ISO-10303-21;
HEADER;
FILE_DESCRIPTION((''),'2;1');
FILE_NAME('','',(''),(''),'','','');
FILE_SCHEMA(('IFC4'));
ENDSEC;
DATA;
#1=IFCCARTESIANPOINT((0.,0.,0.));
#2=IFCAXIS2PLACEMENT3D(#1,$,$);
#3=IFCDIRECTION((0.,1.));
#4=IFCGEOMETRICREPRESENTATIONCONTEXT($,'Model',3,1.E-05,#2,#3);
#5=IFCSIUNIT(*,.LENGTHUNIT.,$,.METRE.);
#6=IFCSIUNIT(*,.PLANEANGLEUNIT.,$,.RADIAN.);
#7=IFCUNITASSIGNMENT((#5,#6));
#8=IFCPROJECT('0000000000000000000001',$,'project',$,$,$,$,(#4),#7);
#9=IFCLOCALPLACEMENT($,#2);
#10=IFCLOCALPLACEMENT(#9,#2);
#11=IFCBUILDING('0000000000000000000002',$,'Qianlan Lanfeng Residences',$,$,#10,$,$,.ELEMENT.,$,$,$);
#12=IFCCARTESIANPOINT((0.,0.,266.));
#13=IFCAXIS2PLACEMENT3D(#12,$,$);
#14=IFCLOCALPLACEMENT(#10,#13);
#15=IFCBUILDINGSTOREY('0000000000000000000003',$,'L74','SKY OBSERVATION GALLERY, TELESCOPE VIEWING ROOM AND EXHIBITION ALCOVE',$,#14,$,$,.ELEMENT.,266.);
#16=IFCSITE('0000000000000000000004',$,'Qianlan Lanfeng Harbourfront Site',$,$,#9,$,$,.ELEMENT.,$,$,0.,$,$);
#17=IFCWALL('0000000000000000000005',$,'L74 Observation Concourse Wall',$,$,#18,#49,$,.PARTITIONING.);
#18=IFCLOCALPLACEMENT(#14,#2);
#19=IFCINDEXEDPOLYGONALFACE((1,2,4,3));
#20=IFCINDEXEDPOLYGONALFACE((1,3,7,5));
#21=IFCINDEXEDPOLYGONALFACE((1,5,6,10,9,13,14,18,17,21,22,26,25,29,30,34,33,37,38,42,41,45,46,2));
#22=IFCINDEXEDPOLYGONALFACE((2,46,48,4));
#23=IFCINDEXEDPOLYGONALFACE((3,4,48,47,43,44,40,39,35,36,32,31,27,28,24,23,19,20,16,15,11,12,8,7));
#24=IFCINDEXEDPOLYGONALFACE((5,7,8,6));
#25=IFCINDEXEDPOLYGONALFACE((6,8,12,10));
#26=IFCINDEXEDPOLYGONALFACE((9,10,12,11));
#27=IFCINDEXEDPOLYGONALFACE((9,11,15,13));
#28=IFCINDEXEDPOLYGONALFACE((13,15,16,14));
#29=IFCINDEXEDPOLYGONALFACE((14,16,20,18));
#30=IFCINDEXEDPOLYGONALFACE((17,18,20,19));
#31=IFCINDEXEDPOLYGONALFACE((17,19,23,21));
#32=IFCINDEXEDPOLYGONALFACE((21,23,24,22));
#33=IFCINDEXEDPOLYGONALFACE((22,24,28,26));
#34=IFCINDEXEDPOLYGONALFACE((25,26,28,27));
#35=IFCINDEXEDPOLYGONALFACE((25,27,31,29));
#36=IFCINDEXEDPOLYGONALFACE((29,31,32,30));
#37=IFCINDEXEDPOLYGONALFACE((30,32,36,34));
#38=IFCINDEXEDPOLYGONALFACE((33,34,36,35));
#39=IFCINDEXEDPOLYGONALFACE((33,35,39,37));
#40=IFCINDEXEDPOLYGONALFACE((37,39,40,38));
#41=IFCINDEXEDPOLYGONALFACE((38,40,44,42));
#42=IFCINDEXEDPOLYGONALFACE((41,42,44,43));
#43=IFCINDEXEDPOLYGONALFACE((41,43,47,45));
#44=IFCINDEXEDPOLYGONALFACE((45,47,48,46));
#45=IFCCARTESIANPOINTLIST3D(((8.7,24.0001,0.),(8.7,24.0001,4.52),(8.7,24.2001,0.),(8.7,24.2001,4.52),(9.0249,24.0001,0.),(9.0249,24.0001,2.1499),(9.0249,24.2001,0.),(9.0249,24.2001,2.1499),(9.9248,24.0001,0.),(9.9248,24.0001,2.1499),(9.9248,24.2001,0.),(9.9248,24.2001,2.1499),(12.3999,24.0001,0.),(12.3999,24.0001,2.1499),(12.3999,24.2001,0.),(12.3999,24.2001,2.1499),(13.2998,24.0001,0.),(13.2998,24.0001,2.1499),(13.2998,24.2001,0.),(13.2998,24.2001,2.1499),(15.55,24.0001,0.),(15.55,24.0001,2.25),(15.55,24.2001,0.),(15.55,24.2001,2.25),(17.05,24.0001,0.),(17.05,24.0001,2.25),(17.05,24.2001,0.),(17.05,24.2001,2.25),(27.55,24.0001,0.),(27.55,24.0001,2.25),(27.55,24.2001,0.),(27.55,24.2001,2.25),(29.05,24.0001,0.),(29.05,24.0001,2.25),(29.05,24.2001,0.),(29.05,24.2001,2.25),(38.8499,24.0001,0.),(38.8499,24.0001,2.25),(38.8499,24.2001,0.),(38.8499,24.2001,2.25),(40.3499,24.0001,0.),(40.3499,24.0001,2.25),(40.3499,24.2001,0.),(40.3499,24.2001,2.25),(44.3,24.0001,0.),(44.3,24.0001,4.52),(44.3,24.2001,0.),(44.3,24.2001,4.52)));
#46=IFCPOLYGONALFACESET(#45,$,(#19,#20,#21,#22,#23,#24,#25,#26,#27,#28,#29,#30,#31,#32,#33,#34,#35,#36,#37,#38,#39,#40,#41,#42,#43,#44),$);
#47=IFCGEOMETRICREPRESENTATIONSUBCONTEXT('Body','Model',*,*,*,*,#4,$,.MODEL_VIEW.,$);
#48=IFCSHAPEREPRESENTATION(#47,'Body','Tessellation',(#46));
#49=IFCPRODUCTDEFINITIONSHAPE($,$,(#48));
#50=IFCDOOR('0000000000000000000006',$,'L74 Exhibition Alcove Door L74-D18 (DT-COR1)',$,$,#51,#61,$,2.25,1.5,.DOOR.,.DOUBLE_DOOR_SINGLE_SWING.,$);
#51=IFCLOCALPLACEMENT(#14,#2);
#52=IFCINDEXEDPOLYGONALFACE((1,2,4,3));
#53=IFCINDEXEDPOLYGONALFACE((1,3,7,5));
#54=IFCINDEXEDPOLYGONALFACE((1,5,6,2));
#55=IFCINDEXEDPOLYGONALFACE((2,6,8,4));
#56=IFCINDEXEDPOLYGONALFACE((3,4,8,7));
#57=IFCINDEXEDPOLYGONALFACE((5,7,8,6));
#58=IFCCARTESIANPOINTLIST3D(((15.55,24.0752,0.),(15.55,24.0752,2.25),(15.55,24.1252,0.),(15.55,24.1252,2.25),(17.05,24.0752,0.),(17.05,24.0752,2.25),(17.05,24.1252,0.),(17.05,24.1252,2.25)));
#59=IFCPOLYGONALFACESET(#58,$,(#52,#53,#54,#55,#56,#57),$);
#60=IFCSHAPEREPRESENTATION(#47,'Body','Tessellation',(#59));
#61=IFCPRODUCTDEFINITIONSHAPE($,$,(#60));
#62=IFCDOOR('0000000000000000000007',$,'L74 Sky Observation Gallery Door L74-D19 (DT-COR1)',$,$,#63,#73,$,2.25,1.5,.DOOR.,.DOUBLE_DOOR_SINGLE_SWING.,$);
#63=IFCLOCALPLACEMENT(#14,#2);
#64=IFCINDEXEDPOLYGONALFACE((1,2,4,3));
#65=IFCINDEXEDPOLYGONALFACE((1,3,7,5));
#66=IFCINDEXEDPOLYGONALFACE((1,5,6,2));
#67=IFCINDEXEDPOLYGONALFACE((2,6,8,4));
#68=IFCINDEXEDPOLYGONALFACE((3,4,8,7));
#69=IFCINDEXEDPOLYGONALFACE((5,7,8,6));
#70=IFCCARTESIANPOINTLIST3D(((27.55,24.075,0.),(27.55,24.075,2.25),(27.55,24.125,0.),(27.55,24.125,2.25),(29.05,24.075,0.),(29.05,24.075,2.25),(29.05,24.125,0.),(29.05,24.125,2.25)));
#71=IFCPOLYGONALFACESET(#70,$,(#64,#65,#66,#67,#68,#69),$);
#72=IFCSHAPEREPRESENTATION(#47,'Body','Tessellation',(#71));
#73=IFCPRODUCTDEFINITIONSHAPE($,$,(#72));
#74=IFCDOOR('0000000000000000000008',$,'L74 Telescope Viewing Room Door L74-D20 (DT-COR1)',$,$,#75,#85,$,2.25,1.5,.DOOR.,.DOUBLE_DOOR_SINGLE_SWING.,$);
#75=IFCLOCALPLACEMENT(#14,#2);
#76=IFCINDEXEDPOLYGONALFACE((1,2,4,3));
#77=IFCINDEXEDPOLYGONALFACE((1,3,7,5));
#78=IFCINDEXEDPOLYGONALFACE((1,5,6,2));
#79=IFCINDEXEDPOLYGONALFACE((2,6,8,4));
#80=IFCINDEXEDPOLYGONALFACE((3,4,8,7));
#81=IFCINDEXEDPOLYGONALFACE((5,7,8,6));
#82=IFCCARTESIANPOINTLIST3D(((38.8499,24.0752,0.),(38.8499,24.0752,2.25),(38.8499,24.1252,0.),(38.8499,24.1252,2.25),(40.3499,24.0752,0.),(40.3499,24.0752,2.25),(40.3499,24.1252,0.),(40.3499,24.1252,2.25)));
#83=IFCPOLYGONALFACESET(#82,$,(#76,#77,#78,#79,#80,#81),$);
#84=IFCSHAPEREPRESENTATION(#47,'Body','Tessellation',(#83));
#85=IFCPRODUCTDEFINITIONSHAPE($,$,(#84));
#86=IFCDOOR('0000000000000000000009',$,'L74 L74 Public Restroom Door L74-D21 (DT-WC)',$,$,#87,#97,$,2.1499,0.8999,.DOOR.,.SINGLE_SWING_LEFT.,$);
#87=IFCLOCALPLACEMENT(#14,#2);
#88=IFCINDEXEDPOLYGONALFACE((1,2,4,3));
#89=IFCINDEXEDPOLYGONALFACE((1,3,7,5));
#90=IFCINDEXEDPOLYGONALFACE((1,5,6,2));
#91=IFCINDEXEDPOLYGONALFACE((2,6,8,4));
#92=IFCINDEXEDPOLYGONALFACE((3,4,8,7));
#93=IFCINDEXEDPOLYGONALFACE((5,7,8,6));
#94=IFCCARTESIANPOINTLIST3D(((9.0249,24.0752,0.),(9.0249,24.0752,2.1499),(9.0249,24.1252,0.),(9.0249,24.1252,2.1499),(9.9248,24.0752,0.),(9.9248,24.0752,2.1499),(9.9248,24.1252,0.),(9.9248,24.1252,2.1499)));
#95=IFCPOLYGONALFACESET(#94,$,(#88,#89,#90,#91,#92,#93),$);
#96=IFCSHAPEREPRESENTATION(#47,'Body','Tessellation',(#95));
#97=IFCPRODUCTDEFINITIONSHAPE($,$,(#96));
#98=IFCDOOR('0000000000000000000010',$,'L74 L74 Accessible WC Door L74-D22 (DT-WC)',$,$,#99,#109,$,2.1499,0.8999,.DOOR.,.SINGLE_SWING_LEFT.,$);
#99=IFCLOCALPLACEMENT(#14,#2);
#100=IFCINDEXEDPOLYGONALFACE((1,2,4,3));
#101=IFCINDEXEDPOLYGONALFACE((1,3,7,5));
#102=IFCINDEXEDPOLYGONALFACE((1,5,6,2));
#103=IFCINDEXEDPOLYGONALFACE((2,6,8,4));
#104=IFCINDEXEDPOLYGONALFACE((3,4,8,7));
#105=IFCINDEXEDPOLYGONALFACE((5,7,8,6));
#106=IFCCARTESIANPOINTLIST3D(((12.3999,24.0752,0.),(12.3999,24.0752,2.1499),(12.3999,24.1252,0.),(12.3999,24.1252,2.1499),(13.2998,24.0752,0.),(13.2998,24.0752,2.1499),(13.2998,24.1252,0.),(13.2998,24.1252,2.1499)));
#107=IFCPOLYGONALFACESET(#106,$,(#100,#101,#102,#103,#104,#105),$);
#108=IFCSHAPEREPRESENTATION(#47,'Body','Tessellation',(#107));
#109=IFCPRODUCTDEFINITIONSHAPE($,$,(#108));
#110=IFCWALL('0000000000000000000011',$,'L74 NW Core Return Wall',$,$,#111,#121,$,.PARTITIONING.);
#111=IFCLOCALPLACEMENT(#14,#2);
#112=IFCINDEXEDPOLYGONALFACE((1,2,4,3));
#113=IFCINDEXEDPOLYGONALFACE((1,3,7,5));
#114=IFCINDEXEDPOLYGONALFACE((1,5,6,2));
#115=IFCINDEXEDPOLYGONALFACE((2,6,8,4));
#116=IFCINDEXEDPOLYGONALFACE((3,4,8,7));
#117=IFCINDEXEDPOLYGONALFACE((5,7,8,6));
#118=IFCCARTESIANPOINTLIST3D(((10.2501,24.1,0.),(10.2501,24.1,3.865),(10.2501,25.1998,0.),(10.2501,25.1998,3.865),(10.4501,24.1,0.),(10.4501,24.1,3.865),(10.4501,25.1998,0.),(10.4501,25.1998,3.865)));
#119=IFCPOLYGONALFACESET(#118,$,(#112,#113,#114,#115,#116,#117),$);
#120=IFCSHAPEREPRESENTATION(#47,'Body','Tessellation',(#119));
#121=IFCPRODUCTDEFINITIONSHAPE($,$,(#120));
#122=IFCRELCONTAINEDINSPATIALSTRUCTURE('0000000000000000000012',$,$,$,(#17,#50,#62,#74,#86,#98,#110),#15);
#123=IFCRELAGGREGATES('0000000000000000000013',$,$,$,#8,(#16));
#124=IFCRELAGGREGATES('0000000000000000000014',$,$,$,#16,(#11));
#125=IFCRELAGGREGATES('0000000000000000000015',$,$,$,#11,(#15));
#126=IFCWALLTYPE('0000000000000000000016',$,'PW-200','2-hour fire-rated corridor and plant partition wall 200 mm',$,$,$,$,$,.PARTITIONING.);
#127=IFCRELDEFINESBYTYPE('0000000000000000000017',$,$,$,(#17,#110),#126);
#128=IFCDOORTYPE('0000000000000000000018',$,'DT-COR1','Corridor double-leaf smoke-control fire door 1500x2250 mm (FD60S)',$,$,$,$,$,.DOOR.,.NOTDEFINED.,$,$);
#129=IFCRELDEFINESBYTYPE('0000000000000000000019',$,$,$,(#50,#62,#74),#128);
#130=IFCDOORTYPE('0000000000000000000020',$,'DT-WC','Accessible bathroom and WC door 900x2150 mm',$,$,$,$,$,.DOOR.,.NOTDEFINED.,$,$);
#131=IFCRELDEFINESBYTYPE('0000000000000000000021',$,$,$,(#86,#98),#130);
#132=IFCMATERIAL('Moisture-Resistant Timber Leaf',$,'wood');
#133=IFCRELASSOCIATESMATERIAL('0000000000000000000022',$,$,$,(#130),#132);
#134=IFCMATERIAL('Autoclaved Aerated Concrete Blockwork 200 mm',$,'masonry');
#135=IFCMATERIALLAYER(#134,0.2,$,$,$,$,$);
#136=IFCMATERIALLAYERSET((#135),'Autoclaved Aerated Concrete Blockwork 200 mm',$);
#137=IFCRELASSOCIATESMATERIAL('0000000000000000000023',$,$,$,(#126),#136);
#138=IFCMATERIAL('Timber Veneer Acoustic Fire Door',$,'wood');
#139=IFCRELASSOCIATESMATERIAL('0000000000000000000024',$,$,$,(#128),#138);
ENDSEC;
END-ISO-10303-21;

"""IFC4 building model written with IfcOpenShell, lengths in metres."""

from ifc_helpers import new_model, si_unit, direction, frame, frame_2d, origin, place, context, subcontext, project, spatial, rectangle, extrude, material, layer, layer_set, type_object, element, fill, save


model = new_model("IFC4")

# Units and contexts
model_context = context("Model", 3, precision=1e-05, world=origin(), true_north=direction((0.0, 1.0)))
body_context = subcontext(model_context, "Body", "Model", "MODEL_VIEW")
ifc_project = project(units=[si_unit("LENGTHUNIT", "METRE"), si_unit("PLANEANGLEUNIT", "RADIAN")], contexts=[model_context])

# Site, building, storey
site_placement = place(None, origin())
site = spatial("IfcSite", under=ifc_project, at=site_placement, Name="Qianlan Lanfeng Harbourfront Site", CompositionType="ELEMENT", RefElevation=0.0)
building_placement = place(site_placement, origin())
building = spatial("IfcBuilding", under=site, at=building_placement, Name="Qianlan Lanfeng Residences", CompositionType="ELEMENT")
storey_placement = place(building_placement, frame((0.0, 0.0, 266.0)))
storey = spatial("IfcBuildingStorey", under=building, at=storey_placement, Name="L74", Description="SKY OBSERVATION GALLERY, TELESCOPE VIEWING ROOM AND EXHIBITION ALCOVE", CompositionType="ELEMENT", Elevation=266.0)

# Shared definitions
ifc_material_1 = material(Name="Moisture-Resistant Timber Leaf", Category="wood")
door_type_1 = type_object("IfcDoorType", Name="DT-WC", Description="Accessible bathroom and WC door 900x2150 mm", OperationType="NOTDEFINED", PredefinedType="DOOR", material=ifc_material_1)

# Wall, openings, doors
ifc_material_2 = material(Name="Autoclaved Aerated Concrete Blockwork 200 mm", Category="masonry")
ifc_layer_1 = layer(ifc_material_2, 0.2)
ifc_layer_set_1 = layer_set([ifc_layer_1], Name="Autoclaved Aerated Concrete Blockwork 200 mm")
wall_type_1 = type_object("IfcWallType", Name="PW-200", Description="2-hour fire-rated corridor and plant partition wall 200 mm", PredefinedType="PARTITIONING", material=ifc_layer_set_1)
wall_1_placement = place(storey_placement, frame((8.7, 24.1001, 0.0), z_axis=(0.0, 0.0, 1.0), x_axis=(1.0, 0.0, 0.0)))
wall_1 = element("IfcWall", 1, at=wall_1_placement, inside=storey, type_object=wall_type_1, Name="L74 Observation Concourse Wall", PredefinedType="PARTITIONING", context=body_context, shape_type="SweptSolid", body=[
    extrude(rectangle(XDim=35.6001, YDim=0.2, at=frame_2d((17.8, 0.0))), origin(), (0.0, 0.0, 1.0), 4.52),
])
opening_1_placement = place(wall_1_placement, frame((6.8501, 0.0, 0.0)))
opening_1 = element("IfcOpeningElement", 2, at=opening_1_placement, cuts=wall_1, PredefinedType="OPENING", context=body_context, shape_type="SweptSolid", body=[
    extrude(rectangle(XDim=1.5, YDim=2.25, at=frame_2d((0.75, 1.125))), frame((0.0, 0.1099, 0.0), z_axis=(0.0, -1.0, 0.0), x_axis=(1.0, 0.0, 0.0)), (0.0, 0.0, 1.0), 0.22),
])
opening_2_placement = place(wall_1_placement, frame((18.8501, 0.0, 0.0)))
opening_2 = element("IfcOpeningElement", 3, at=opening_2_placement, cuts=wall_1, PredefinedType="OPENING", context=body_context, shape_type="SweptSolid", body=[
    extrude(rectangle(XDim=1.5, YDim=2.25, at=frame_2d((0.75, 1.125))), frame((0.0, 0.1099, 0.0), z_axis=(0.0, -1.0, 0.0), x_axis=(1.0, 0.0, 0.0)), (0.0, 0.0, 1.0), 0.22),
])
opening_3_placement = place(wall_1_placement, frame((30.1499, 0.0, 0.0)))
opening_3 = element("IfcOpeningElement", 4, at=opening_3_placement, cuts=wall_1, PredefinedType="OPENING", context=body_context, shape_type="SweptSolid", body=[
    extrude(rectangle(XDim=1.5, YDim=2.25, at=frame_2d((0.75, 1.125))), frame((0.0, 0.1099, 0.0), z_axis=(0.0, -1.0, 0.0), x_axis=(1.0, 0.0, 0.0)), (0.0, 0.0, 1.0), 0.22),
])
opening_4_placement = place(wall_1_placement, frame((0.325, 0.0, 0.0)))
opening_4 = element("IfcOpeningElement", 5, at=opening_4_placement, cuts=wall_1, PredefinedType="OPENING", context=body_context, shape_type="SweptSolid", body=[
    extrude(rectangle(XDim=0.8999, YDim=2.1499, at=frame_2d((0.45, 1.075))), frame((0.0, 0.1099, 0.0), z_axis=(0.0, -1.0, 0.0), x_axis=(1.0, 0.0, 0.0)), (0.0, 0.0, 1.0), 0.22),
])
opening_5_placement = place(wall_1_placement, frame((3.7, 0.0, 0.0)))
opening_5 = element("IfcOpeningElement", 6, at=opening_5_placement, cuts=wall_1, PredefinedType="OPENING", context=body_context, shape_type="SweptSolid", body=[
    extrude(rectangle(XDim=0.8999, YDim=2.1499, at=frame_2d((0.45, 1.075))), frame((0.0, 0.1099, 0.0), z_axis=(0.0, -1.0, 0.0), x_axis=(1.0, 0.0, 0.0)), (0.0, 0.0, 1.0), 0.22),
])
ifc_material_3 = material(Name="Timber Veneer Acoustic Fire Door", Category="wood")
door_type_2 = type_object("IfcDoorType", Name="DT-COR1", Description="Corridor double-leaf smoke-control fire door 1500x2250 mm (FD60S)", OperationType="NOTDEFINED", PredefinedType="DOOR", material=ifc_material_3)
door_1_placement = place(opening_1_placement, frame((1.5, 0.0, 0.0), z_axis=(0.0, 0.0, 1.0), x_axis=(-1.0, 0.0, 0.0)))
door_1 = element("IfcDoor", 7, at=door_1_placement, inside=storey, type_object=door_type_2, Name="L74 Exhibition Alcove Door L74-D18 (DT-COR1)", OperationType="DOUBLE_DOOR_SINGLE_SWING", OverallHeight=2.25, OverallWidth=1.5, PredefinedType="DOOR", context=body_context, shape_type="SweptSolid", body=[
    extrude(rectangle(XDim=1.5, YDim=2.25, at=frame_2d((0.75, 1.125))), frame((0.0, 0.0249, 0.0), z_axis=(0.0, -1.0, 0.0), x_axis=(1.0, 0.0, 0.0)), (0.0, 0.0, 1.0), 0.05),
])
fill(opening_1, door_1)
door_2_placement = place(opening_2_placement, origin())
door_2 = element("IfcDoor", 8, at=door_2_placement, inside=storey, type_object=door_type_2, Name="L74 Sky Observation Gallery Door L74-D19 (DT-COR1)", OperationType="DOUBLE_DOOR_SINGLE_SWING", OverallHeight=2.25, OverallWidth=1.5, PredefinedType="DOOR", context=body_context, shape_type="SweptSolid", body=[
    extrude(rectangle(XDim=1.5, YDim=2.25, at=frame_2d((0.75, 1.125))), frame((0.0, 0.0249, 0.0), z_axis=(0.0, -1.0, 0.0), x_axis=(1.0, 0.0, 0.0)), (0.0, 0.0, 1.0), 0.05),
])
fill(opening_2, door_2)
door_3_placement = place(opening_3_placement, frame((1.5, 0.0, 0.0), z_axis=(0.0, 0.0, 1.0), x_axis=(-1.0, 0.0, 0.0)))
door_3 = element("IfcDoor", 9, at=door_3_placement, inside=storey, type_object=door_type_2, Name="L74 Telescope Viewing Room Door L74-D20 (DT-COR1)", OperationType="DOUBLE_DOOR_SINGLE_SWING", OverallHeight=2.25, OverallWidth=1.5, PredefinedType="DOOR", context=body_context, shape_type="SweptSolid", body=[
    extrude(rectangle(XDim=1.5, YDim=2.25, at=frame_2d((0.75, 1.125))), frame((0.0, 0.0249, 0.0), z_axis=(0.0, -1.0, 0.0), x_axis=(1.0, 0.0, 0.0)), (0.0, 0.0, 1.0), 0.05),
])
fill(opening_3, door_3)
door_4_placement = place(opening_4_placement, frame((0.8999, 0.0, 0.0), z_axis=(0.0, 0.0, 1.0), x_axis=(-1.0, 0.0, 0.0)))
door_4 = element("IfcDoor", 10, at=door_4_placement, inside=storey, type_object=door_type_1, Name="L74 L74 Public Restroom Door L74-D21 (DT-WC)", OperationType="SINGLE_SWING_LEFT", OverallHeight=2.1499, OverallWidth=0.8999, PredefinedType="DOOR", context=body_context, shape_type="SweptSolid", body=[
    extrude(rectangle(XDim=0.8999, YDim=2.1499, at=frame_2d((0.45, 1.075))), frame((0.0, 0.0249, 0.0), z_axis=(0.0, -1.0, 0.0), x_axis=(1.0, 0.0, 0.0)), (0.0, 0.0, 1.0), 0.05),
])
fill(opening_4, door_4)
door_5_placement = place(opening_5_placement, frame((0.8999, 0.0, 0.0), z_axis=(0.0, 0.0, 1.0), x_axis=(-1.0, 0.0, 0.0)))
door_5 = element("IfcDoor", 11, at=door_5_placement, inside=storey, type_object=door_type_1, Name="L74 L74 Accessible WC Door L74-D22 (DT-WC)", OperationType="SINGLE_SWING_LEFT", OverallHeight=2.1499, OverallWidth=0.8999, PredefinedType="DOOR", context=body_context, shape_type="SweptSolid", body=[
    extrude(rectangle(XDim=0.8999, YDim=2.1499, at=frame_2d((0.45, 1.075))), frame((0.0, 0.0249, 0.0), z_axis=(0.0, -1.0, 0.0), x_axis=(1.0, 0.0, 0.0)), (0.0, 0.0, 1.0), 0.05),
])
fill(opening_5, door_5)

# Wall
wall_2_placement = place(storey_placement, frame((10.3501, 24.1001, 0.0), z_axis=(0.0, 0.0, 1.0), x_axis=(0.0, 1.0, 0.0)))
element("IfcWall", 12, at=wall_2_placement, inside=storey, type_object=wall_type_1, Name="L74 NW Core Return Wall", PredefinedType="PARTITIONING", context=body_context, shape_type="SweptSolid", body=[
    extrude(rectangle(XDim=1.0999, YDim=0.2, at=frame_2d((0.5498, 0.0))), origin(), (0.0, 0.0, 1.0), 3.865),
])

save(model, "model.ifc")
